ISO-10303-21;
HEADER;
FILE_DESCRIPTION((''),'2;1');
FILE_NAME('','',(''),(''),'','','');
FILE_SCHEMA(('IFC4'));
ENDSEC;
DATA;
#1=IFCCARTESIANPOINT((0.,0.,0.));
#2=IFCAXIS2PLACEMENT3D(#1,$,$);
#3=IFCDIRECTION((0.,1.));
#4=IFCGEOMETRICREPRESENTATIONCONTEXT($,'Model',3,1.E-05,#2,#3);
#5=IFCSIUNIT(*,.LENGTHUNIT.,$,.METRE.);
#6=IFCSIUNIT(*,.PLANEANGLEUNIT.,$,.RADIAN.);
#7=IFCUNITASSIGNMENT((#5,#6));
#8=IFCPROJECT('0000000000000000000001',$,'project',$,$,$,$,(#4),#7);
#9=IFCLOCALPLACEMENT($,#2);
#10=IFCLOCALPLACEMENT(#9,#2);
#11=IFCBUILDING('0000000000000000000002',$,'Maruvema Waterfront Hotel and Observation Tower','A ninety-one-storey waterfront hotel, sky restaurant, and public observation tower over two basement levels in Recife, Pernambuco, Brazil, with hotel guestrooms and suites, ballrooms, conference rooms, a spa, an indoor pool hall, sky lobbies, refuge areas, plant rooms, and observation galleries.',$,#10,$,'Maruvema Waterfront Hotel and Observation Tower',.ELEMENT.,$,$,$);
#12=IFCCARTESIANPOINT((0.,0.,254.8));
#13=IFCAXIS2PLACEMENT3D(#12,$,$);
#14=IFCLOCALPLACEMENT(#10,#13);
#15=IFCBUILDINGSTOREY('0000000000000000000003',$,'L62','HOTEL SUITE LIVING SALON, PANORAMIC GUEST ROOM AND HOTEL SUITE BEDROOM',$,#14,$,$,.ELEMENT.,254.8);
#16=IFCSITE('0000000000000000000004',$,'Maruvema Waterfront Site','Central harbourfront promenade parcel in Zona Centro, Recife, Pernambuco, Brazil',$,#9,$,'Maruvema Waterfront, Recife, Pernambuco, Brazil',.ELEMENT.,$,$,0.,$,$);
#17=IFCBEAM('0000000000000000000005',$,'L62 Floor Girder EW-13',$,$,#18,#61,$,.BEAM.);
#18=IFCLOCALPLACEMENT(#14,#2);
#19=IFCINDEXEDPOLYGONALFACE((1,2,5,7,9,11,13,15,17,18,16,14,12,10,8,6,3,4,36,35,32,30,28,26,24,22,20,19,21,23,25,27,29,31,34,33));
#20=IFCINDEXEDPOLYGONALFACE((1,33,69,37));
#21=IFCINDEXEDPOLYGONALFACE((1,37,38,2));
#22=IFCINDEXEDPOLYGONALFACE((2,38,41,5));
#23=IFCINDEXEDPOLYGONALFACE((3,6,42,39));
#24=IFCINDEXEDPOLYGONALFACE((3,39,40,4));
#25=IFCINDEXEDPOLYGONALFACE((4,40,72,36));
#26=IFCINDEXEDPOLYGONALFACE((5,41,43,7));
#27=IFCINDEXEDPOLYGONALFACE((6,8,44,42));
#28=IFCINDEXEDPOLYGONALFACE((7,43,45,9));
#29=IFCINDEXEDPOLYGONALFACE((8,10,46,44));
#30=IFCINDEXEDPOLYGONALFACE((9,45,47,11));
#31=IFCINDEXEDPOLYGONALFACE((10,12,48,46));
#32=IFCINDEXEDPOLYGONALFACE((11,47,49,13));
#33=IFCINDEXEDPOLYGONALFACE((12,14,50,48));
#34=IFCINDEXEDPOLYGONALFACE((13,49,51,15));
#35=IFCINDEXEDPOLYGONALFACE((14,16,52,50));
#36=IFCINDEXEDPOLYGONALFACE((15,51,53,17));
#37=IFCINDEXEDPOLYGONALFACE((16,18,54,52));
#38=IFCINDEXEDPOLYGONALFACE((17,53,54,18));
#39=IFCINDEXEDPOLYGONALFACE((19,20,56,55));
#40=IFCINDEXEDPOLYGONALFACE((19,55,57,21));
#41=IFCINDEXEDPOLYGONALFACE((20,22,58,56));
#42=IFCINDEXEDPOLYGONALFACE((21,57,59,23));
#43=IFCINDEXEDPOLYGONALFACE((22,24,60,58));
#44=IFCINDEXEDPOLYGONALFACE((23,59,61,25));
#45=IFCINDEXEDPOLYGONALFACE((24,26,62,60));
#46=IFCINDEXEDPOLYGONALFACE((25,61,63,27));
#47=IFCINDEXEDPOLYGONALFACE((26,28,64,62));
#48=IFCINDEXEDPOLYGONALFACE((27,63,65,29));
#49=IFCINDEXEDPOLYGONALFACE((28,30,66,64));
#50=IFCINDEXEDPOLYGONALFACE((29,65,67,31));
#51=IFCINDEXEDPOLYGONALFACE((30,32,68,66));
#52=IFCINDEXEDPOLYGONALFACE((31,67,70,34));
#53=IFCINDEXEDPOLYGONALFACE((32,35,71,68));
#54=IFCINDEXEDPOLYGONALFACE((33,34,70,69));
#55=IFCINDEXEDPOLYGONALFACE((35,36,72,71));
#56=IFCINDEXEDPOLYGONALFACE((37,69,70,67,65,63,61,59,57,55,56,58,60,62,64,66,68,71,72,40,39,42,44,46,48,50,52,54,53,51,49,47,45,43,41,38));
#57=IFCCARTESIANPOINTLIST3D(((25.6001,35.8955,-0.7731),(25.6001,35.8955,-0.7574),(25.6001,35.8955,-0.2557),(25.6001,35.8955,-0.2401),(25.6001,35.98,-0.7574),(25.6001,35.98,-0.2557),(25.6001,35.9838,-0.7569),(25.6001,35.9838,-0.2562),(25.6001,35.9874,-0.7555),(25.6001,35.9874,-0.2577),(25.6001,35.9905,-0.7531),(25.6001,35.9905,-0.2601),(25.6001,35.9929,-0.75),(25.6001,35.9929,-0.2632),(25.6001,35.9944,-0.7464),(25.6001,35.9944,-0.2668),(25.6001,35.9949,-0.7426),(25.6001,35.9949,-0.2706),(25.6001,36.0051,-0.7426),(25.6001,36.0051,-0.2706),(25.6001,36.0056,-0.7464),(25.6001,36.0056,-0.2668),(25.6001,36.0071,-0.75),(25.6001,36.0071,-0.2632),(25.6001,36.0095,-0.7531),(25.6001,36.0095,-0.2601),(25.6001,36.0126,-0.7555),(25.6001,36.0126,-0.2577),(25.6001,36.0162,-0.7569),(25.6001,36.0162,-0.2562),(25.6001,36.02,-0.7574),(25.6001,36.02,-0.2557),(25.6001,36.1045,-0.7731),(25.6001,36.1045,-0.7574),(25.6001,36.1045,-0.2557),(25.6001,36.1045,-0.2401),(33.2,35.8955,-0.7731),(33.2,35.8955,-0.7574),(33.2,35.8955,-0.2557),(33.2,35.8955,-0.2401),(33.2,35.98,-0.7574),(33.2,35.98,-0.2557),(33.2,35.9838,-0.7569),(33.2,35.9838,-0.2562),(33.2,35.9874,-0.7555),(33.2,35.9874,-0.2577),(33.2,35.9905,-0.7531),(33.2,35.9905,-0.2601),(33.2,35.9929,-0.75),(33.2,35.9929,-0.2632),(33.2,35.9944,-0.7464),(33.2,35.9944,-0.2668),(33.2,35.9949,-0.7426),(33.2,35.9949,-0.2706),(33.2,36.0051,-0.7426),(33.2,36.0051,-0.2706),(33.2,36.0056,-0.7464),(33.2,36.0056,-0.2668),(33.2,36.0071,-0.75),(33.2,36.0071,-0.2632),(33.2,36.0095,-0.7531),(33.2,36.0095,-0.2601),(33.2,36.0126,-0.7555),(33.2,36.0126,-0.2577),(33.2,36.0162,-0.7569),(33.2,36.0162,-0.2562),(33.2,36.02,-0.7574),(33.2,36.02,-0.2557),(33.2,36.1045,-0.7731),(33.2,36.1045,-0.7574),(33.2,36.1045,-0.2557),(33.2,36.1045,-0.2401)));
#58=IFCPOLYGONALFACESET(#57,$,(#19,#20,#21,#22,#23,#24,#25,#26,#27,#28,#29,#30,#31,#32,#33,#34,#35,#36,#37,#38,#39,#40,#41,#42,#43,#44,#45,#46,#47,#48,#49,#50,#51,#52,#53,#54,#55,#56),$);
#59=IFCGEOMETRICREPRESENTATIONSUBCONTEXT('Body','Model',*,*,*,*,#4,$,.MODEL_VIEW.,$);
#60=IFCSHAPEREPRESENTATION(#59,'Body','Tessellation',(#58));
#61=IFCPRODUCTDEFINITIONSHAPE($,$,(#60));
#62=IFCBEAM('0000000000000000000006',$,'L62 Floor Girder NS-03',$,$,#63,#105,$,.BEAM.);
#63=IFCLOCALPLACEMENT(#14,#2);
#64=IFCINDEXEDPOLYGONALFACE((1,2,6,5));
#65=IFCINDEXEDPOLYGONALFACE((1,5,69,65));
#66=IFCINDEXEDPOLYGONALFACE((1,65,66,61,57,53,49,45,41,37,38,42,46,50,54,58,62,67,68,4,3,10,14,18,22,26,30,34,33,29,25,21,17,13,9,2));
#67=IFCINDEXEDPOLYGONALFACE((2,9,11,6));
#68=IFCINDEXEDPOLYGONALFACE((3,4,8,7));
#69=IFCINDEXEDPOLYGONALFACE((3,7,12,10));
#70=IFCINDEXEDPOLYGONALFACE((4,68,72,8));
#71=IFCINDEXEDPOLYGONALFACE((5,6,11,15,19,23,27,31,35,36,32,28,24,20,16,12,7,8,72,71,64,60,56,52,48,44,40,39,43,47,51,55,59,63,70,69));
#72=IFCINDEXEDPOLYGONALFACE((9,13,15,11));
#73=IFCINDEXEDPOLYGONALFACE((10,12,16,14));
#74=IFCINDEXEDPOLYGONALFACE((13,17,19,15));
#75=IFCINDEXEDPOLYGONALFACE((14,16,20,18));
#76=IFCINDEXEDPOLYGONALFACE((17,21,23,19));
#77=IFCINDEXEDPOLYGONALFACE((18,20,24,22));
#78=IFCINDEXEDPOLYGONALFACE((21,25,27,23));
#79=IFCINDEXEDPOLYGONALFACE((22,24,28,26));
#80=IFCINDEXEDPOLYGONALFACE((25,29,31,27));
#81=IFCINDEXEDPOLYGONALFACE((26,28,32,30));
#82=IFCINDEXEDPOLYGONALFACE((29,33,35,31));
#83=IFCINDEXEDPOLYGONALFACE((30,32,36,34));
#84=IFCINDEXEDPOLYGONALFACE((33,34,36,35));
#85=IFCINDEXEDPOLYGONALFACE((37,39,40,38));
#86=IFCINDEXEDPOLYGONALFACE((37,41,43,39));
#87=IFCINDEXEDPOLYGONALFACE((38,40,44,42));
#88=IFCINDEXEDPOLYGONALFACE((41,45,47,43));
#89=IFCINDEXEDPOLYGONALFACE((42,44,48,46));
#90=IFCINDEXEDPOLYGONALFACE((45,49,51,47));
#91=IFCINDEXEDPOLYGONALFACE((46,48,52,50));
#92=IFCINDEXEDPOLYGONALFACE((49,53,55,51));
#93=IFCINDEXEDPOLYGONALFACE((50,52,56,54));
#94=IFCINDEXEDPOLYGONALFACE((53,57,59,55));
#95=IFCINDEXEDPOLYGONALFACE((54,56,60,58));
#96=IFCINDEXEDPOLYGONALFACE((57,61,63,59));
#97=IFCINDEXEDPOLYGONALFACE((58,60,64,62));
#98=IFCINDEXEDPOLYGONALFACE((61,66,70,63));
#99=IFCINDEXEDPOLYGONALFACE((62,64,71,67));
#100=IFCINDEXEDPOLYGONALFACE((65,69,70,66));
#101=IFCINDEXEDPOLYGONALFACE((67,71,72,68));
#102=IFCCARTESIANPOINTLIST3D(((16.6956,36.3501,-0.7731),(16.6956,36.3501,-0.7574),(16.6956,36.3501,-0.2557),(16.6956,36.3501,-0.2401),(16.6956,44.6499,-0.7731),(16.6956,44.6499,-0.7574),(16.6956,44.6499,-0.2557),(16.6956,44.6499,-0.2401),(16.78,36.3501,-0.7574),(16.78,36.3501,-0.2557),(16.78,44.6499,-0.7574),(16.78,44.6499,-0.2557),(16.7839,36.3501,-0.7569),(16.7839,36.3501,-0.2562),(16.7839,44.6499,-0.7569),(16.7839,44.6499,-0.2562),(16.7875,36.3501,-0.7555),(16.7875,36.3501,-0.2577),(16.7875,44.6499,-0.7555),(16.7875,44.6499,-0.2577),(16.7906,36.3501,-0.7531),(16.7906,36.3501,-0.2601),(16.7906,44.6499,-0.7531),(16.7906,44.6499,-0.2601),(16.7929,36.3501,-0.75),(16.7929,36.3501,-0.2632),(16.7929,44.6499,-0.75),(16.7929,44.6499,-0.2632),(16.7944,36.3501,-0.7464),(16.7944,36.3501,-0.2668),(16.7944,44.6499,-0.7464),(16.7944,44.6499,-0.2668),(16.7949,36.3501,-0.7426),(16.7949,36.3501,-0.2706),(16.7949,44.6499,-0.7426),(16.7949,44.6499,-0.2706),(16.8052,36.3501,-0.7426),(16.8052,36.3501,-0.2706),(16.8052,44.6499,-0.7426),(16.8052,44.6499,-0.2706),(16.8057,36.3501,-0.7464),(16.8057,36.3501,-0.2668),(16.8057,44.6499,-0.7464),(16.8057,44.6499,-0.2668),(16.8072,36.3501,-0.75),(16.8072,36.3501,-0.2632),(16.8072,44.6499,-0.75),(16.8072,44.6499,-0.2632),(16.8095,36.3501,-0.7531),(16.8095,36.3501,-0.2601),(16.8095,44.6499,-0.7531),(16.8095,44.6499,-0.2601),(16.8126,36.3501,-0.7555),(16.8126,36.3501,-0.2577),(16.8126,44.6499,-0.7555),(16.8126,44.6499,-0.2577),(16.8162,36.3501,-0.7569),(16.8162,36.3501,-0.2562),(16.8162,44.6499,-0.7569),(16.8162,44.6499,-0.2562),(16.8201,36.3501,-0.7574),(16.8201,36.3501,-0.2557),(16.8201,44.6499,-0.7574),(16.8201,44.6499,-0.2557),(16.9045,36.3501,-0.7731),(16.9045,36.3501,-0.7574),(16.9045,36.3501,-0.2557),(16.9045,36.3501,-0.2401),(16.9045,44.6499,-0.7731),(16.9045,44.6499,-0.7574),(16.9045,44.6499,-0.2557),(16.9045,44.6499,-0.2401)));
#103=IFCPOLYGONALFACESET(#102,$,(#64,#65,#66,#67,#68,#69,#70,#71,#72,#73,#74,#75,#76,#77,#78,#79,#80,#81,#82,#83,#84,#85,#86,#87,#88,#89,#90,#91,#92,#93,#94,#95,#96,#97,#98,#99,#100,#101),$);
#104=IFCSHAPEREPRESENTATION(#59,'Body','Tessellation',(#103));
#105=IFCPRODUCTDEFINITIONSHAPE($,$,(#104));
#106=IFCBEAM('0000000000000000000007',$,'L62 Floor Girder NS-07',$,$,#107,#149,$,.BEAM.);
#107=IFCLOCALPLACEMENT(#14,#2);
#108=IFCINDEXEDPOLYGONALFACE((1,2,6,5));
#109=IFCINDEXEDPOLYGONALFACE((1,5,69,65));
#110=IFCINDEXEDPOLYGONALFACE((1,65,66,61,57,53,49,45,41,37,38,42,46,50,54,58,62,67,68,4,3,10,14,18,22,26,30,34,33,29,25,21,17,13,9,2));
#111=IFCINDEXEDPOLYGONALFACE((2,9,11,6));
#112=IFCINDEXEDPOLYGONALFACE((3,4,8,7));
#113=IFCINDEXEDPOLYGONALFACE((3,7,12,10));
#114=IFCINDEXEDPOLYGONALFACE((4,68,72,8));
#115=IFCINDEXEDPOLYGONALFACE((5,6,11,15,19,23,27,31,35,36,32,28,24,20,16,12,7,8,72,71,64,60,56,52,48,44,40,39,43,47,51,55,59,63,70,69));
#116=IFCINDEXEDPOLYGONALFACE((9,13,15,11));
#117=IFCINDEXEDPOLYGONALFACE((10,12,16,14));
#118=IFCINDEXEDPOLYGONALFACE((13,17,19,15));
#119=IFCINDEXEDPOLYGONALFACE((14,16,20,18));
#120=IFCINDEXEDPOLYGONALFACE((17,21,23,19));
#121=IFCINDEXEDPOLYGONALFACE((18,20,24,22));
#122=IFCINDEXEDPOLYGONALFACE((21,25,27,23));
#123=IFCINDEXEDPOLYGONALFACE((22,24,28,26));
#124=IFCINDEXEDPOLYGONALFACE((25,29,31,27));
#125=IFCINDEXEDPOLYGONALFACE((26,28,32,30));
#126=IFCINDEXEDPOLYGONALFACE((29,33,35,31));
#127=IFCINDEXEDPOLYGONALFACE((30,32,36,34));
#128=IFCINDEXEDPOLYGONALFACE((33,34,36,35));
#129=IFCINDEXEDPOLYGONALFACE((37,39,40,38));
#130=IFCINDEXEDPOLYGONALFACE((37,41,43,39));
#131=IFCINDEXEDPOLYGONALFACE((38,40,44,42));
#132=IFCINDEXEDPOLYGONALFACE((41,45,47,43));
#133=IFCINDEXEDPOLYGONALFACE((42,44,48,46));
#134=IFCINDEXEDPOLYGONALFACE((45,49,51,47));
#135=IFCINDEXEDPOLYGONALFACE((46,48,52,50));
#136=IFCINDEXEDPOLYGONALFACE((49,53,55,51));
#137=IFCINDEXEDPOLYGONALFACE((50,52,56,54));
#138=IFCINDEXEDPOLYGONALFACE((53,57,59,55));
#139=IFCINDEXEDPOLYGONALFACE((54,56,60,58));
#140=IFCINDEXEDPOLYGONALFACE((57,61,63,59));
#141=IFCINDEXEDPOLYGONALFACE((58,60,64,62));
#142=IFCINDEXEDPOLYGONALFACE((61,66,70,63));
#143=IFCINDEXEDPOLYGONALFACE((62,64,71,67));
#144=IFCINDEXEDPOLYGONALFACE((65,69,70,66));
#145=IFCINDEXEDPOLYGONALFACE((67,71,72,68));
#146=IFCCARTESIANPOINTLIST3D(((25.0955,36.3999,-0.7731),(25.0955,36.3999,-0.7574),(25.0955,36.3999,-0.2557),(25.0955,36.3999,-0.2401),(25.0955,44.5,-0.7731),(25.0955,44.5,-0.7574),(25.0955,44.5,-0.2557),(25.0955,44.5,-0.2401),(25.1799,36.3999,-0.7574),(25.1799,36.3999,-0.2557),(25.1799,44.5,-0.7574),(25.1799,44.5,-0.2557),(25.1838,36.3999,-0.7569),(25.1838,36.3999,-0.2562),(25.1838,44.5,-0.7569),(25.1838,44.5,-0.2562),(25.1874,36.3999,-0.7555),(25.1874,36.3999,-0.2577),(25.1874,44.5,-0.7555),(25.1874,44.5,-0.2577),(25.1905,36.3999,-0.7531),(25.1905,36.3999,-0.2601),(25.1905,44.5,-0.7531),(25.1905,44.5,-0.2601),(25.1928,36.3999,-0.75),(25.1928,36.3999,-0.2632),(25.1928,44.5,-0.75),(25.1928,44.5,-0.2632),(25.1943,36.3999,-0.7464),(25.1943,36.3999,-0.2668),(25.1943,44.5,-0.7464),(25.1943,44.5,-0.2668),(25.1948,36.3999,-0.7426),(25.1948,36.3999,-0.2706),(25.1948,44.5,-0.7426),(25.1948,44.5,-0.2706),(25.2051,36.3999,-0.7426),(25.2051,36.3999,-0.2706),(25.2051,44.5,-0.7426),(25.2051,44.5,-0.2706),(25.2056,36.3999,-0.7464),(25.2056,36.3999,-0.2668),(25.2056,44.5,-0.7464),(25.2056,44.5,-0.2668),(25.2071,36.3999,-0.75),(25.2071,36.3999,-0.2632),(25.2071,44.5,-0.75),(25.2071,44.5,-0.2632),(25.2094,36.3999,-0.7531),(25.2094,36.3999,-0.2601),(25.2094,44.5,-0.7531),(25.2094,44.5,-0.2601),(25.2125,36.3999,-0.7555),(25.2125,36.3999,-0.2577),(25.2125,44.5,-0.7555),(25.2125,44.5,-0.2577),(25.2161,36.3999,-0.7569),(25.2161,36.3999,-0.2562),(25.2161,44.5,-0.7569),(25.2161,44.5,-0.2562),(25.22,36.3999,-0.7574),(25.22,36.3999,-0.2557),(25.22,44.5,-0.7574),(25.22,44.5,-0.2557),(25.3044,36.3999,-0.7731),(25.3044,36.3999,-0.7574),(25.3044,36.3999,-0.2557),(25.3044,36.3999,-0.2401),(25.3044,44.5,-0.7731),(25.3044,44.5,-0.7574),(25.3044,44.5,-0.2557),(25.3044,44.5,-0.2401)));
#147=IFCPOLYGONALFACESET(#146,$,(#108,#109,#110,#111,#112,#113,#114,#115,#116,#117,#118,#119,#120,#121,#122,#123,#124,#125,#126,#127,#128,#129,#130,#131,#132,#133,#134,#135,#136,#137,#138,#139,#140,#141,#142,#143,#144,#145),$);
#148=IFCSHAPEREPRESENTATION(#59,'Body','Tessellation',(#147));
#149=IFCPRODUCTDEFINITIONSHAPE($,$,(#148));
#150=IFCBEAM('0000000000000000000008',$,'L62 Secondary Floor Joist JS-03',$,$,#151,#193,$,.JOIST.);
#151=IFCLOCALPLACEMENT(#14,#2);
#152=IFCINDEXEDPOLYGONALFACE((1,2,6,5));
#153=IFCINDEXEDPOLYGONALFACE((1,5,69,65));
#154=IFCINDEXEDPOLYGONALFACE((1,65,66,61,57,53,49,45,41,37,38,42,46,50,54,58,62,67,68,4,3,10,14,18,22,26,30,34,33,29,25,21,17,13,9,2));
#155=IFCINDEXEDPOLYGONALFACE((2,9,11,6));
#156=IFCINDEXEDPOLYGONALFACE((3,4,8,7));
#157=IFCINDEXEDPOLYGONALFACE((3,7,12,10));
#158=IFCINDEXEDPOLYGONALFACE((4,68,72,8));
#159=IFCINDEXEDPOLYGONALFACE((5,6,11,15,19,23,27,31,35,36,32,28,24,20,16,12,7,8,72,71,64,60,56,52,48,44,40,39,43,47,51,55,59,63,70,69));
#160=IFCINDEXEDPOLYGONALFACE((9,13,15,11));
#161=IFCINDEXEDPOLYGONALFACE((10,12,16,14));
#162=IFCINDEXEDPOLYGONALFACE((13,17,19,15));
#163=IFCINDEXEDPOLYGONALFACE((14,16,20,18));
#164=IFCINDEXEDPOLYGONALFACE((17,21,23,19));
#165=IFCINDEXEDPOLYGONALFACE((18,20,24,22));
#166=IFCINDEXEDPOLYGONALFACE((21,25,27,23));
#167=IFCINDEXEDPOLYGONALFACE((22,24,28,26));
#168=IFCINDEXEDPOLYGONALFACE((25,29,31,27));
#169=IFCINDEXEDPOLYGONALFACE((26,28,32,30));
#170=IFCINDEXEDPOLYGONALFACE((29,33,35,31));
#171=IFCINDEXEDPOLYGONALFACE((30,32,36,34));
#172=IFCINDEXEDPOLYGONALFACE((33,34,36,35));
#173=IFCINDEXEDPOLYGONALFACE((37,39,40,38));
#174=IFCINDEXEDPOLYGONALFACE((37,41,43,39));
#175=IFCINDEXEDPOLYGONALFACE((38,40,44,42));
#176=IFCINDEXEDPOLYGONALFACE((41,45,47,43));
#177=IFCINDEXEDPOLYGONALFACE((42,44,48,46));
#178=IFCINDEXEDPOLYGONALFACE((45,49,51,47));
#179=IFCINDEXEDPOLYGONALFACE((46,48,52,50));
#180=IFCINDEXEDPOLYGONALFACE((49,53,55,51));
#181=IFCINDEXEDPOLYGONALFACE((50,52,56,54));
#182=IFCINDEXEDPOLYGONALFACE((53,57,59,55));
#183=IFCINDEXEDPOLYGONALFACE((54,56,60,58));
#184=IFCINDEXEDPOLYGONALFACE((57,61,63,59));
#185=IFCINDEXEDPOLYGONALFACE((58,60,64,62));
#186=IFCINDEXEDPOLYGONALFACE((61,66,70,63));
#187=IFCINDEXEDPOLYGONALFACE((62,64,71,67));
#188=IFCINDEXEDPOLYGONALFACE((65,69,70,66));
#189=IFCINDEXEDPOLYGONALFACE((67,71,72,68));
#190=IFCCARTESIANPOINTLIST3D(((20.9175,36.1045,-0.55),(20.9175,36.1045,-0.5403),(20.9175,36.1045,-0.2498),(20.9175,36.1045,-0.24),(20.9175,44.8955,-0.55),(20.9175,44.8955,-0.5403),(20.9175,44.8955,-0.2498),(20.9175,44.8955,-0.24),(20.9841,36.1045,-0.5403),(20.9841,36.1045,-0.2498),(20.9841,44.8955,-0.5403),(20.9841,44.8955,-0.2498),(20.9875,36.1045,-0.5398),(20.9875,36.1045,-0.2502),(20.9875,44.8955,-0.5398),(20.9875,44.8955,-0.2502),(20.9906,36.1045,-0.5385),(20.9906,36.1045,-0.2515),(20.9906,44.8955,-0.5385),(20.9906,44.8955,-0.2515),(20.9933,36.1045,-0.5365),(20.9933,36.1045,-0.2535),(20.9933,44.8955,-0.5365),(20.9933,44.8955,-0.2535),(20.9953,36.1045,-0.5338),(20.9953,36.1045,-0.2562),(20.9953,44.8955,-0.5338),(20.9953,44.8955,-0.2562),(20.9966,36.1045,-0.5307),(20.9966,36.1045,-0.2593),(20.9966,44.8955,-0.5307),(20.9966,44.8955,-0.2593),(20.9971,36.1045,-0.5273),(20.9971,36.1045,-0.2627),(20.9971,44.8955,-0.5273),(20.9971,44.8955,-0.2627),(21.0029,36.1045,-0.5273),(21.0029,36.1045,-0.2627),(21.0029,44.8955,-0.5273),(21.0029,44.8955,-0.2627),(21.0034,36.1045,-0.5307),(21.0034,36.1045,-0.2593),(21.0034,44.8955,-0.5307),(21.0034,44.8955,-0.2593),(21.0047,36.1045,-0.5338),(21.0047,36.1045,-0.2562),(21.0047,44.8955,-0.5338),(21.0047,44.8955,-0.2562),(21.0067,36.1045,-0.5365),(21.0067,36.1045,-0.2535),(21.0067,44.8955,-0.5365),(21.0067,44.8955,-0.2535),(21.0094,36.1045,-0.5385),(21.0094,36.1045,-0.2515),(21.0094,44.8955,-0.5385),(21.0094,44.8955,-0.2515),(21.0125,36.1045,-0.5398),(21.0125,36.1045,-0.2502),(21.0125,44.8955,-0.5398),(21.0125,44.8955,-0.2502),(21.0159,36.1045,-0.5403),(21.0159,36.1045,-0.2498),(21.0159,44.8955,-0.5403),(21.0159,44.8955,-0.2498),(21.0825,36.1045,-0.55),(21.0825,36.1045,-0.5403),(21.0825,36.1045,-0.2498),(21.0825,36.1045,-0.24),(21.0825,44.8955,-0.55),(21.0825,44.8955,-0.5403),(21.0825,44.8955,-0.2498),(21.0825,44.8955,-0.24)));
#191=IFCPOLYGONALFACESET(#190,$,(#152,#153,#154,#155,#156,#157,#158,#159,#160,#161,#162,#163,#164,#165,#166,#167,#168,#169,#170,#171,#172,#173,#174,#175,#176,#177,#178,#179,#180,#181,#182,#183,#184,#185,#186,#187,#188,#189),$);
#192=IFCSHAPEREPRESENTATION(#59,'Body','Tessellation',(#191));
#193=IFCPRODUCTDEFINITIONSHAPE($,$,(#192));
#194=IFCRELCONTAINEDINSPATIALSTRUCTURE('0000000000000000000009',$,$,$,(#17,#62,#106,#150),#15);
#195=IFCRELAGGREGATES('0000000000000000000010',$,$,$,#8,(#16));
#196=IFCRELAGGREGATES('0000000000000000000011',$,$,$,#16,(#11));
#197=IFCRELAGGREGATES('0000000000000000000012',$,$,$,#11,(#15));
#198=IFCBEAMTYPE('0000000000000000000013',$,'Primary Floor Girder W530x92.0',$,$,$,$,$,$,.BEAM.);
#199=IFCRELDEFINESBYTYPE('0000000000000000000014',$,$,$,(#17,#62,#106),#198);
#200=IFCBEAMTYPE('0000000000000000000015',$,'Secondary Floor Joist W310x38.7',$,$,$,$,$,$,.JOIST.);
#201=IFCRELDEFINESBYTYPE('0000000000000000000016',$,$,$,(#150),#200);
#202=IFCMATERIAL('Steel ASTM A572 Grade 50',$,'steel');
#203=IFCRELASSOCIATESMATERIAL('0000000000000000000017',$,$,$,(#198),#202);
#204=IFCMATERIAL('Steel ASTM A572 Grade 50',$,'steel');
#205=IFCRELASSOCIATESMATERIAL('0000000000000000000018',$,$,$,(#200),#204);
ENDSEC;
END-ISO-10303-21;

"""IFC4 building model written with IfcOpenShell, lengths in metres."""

from ifc_helpers import new_model, si_unit, direction, frame, origin, origin_2d, place, context, subcontext, project, spatial, i_section, extrude, material, material_profile, profile_set, type_object, element, save


model = new_model("IFC4")

# Units and contexts
model_context = context("Model", 3, precision=1e-05, world=origin(), true_north=direction((0.0, 1.0)))
body_context = subcontext(model_context, "Body", "Model", "MODEL_VIEW")
ifc_project = project(units=[si_unit("LENGTHUNIT", "METRE"), si_unit("PLANEANGLEUNIT", "RADIAN")], contexts=[model_context])

# Site, building, storey
site_placement = place(None, origin())
site = spatial("IfcSite", under=ifc_project, at=site_placement, Name="Maruvema Waterfront Site", Description="Central harbourfront promenade parcel in Zona Centro, Recife, Pernambuco, Brazil", LongName="Maruvema Waterfront, Recife, Pernambuco, Brazil", CompositionType="ELEMENT", RefElevation=0.0)
building_placement = place(site_placement, origin())
building = spatial("IfcBuilding", under=site, at=building_placement, Name="Maruvema Waterfront Hotel and Observation Tower", Description="A ninety-one-storey waterfront hotel, sky restaurant, and public observation tower over two basement levels in Recife, Pernambuco, Brazil, with hotel guestrooms and suites, ballrooms, conference rooms, a spa, an indoor pool hall, sky lobbies, refuge areas, plant rooms, and observation galleries.", LongName="Maruvema Waterfront Hotel and Observation Tower", CompositionType="ELEMENT")
storey_placement = place(building_placement, frame((0.0, 0.0, 254.8)))
storey = spatial("IfcBuildingStorey", under=building, at=storey_placement, Name="L62", Description="HOTEL SUITE LIVING SALON, PANORAMIC GUEST ROOM AND HOTEL SUITE BEDROOM", CompositionType="ELEMENT", Elevation=254.8)

# Beams
ifc_material_1 = material(Name="Steel ASTM A572 Grade 50", Category="steel")
ifc_material_profile_1 = material_profile(ifc_material_1, i_section(OverallWidth=0.209, OverallDepth=0.533, WebThickness=0.0103, FlangeThickness=0.0156, FilletRadius=0.0149, at=origin_2d()), Name="W530x92.0")
ifc_profile_set_1 = profile_set([ifc_material_profile_1], Name="Steel ASTM A572 Grade 50")
beam_type_1 = type_object("IfcBeamType", Name="Primary Floor Girder W530x92.0", PredefinedType="BEAM", material=ifc_profile_set_1)
beam_1_placement = place(storey_placement, frame((25.6001, 36.0, -0.5066), z_axis=(1.0, 0.0, 0.0), x_axis=(0.0, 1.0, 0.0)))
element("IfcBeam", 1, at=beam_1_placement, inside=storey, type_object=beam_type_1, Name="L62 Floor Girder EW-13", PredefinedType="BEAM", context=body_context, shape_type="SweptSolid", body=[
    extrude(i_section(OverallWidth=0.209, OverallDepth=0.533, WebThickness=0.0103, FlangeThickness=0.0156, FilletRadius=0.0149, at=origin_2d()), origin(), (0.0, 0.0, 1.0), 7.5999),
])
beam_2_placement = place(storey_placement, frame((16.8, 36.3501, -0.5066), z_axis=(0.0, 1.0, 0.0), x_axis=(-1.0, 0.0, 0.0)))
element("IfcBeam", 2, at=beam_2_placement, inside=storey, type_object=beam_type_1, Name="L62 Floor Girder NS-03", PredefinedType="BEAM", context=body_context, shape_type="SweptSolid", body=[
    extrude(i_section(OverallWidth=0.209, OverallDepth=0.533, WebThickness=0.0103, FlangeThickness=0.0156, FilletRadius=0.0149, at=origin_2d()), origin(), (0.0, 0.0, 1.0), 8.2998),
])
beam_3_placement = place(storey_placement, frame((25.2, 36.3999, -0.5066), z_axis=(0.0, 1.0, 0.0), x_axis=(-1.0, 0.0, 0.0)))
element("IfcBeam", 3, at=beam_3_placement, inside=storey, type_object=beam_type_1, Name="L62 Floor Girder NS-07", PredefinedType="BEAM", context=body_context, shape_type="SweptSolid", body=[
    extrude(i_section(OverallWidth=0.209, OverallDepth=0.533, WebThickness=0.0103, FlangeThickness=0.0156, FilletRadius=0.0149, at=origin_2d()), origin(), (0.0, 0.0, 1.0), 8.1001),
])
ifc_material_2 = material(Name="Steel ASTM A572 Grade 50", Category="steel")
ifc_material_profile_2 = material_profile(ifc_material_2, i_section(OverallWidth=0.165, OverallDepth=0.3101, WebThickness=0.0059, FlangeThickness=0.0098, FilletRadius=0.0129, at=origin_2d()), Name="W310x38.7")
ifc_profile_set_2 = profile_set([ifc_material_profile_2], Name="Steel ASTM A572 Grade 50")
beam_type_2 = type_object("IfcBeamType", Name="Secondary Floor Joist W310x38.7", PredefinedType="JOIST", material=ifc_profile_set_2)
beam_4_placement = place(storey_placement, frame((21.0, 36.1045, -0.395), z_axis=(0.0, 1.0, 0.0), x_axis=(-1.0, 0.0, 0.0)))
element("IfcBeam", 4, at=beam_4_placement, inside=storey, type_object=beam_type_2, Name="L62 Secondary Floor Joist JS-03", PredefinedType="JOIST", context=body_context, shape_type="SweptSolid", body=[
    extrude(i_section(OverallWidth=0.165, OverallDepth=0.3101, WebThickness=0.0059, FlangeThickness=0.0098, FilletRadius=0.0129, at=origin_2d()), origin(), (0.0, 0.0, 1.0), 8.791),
])

save(model, "model.ifc")
